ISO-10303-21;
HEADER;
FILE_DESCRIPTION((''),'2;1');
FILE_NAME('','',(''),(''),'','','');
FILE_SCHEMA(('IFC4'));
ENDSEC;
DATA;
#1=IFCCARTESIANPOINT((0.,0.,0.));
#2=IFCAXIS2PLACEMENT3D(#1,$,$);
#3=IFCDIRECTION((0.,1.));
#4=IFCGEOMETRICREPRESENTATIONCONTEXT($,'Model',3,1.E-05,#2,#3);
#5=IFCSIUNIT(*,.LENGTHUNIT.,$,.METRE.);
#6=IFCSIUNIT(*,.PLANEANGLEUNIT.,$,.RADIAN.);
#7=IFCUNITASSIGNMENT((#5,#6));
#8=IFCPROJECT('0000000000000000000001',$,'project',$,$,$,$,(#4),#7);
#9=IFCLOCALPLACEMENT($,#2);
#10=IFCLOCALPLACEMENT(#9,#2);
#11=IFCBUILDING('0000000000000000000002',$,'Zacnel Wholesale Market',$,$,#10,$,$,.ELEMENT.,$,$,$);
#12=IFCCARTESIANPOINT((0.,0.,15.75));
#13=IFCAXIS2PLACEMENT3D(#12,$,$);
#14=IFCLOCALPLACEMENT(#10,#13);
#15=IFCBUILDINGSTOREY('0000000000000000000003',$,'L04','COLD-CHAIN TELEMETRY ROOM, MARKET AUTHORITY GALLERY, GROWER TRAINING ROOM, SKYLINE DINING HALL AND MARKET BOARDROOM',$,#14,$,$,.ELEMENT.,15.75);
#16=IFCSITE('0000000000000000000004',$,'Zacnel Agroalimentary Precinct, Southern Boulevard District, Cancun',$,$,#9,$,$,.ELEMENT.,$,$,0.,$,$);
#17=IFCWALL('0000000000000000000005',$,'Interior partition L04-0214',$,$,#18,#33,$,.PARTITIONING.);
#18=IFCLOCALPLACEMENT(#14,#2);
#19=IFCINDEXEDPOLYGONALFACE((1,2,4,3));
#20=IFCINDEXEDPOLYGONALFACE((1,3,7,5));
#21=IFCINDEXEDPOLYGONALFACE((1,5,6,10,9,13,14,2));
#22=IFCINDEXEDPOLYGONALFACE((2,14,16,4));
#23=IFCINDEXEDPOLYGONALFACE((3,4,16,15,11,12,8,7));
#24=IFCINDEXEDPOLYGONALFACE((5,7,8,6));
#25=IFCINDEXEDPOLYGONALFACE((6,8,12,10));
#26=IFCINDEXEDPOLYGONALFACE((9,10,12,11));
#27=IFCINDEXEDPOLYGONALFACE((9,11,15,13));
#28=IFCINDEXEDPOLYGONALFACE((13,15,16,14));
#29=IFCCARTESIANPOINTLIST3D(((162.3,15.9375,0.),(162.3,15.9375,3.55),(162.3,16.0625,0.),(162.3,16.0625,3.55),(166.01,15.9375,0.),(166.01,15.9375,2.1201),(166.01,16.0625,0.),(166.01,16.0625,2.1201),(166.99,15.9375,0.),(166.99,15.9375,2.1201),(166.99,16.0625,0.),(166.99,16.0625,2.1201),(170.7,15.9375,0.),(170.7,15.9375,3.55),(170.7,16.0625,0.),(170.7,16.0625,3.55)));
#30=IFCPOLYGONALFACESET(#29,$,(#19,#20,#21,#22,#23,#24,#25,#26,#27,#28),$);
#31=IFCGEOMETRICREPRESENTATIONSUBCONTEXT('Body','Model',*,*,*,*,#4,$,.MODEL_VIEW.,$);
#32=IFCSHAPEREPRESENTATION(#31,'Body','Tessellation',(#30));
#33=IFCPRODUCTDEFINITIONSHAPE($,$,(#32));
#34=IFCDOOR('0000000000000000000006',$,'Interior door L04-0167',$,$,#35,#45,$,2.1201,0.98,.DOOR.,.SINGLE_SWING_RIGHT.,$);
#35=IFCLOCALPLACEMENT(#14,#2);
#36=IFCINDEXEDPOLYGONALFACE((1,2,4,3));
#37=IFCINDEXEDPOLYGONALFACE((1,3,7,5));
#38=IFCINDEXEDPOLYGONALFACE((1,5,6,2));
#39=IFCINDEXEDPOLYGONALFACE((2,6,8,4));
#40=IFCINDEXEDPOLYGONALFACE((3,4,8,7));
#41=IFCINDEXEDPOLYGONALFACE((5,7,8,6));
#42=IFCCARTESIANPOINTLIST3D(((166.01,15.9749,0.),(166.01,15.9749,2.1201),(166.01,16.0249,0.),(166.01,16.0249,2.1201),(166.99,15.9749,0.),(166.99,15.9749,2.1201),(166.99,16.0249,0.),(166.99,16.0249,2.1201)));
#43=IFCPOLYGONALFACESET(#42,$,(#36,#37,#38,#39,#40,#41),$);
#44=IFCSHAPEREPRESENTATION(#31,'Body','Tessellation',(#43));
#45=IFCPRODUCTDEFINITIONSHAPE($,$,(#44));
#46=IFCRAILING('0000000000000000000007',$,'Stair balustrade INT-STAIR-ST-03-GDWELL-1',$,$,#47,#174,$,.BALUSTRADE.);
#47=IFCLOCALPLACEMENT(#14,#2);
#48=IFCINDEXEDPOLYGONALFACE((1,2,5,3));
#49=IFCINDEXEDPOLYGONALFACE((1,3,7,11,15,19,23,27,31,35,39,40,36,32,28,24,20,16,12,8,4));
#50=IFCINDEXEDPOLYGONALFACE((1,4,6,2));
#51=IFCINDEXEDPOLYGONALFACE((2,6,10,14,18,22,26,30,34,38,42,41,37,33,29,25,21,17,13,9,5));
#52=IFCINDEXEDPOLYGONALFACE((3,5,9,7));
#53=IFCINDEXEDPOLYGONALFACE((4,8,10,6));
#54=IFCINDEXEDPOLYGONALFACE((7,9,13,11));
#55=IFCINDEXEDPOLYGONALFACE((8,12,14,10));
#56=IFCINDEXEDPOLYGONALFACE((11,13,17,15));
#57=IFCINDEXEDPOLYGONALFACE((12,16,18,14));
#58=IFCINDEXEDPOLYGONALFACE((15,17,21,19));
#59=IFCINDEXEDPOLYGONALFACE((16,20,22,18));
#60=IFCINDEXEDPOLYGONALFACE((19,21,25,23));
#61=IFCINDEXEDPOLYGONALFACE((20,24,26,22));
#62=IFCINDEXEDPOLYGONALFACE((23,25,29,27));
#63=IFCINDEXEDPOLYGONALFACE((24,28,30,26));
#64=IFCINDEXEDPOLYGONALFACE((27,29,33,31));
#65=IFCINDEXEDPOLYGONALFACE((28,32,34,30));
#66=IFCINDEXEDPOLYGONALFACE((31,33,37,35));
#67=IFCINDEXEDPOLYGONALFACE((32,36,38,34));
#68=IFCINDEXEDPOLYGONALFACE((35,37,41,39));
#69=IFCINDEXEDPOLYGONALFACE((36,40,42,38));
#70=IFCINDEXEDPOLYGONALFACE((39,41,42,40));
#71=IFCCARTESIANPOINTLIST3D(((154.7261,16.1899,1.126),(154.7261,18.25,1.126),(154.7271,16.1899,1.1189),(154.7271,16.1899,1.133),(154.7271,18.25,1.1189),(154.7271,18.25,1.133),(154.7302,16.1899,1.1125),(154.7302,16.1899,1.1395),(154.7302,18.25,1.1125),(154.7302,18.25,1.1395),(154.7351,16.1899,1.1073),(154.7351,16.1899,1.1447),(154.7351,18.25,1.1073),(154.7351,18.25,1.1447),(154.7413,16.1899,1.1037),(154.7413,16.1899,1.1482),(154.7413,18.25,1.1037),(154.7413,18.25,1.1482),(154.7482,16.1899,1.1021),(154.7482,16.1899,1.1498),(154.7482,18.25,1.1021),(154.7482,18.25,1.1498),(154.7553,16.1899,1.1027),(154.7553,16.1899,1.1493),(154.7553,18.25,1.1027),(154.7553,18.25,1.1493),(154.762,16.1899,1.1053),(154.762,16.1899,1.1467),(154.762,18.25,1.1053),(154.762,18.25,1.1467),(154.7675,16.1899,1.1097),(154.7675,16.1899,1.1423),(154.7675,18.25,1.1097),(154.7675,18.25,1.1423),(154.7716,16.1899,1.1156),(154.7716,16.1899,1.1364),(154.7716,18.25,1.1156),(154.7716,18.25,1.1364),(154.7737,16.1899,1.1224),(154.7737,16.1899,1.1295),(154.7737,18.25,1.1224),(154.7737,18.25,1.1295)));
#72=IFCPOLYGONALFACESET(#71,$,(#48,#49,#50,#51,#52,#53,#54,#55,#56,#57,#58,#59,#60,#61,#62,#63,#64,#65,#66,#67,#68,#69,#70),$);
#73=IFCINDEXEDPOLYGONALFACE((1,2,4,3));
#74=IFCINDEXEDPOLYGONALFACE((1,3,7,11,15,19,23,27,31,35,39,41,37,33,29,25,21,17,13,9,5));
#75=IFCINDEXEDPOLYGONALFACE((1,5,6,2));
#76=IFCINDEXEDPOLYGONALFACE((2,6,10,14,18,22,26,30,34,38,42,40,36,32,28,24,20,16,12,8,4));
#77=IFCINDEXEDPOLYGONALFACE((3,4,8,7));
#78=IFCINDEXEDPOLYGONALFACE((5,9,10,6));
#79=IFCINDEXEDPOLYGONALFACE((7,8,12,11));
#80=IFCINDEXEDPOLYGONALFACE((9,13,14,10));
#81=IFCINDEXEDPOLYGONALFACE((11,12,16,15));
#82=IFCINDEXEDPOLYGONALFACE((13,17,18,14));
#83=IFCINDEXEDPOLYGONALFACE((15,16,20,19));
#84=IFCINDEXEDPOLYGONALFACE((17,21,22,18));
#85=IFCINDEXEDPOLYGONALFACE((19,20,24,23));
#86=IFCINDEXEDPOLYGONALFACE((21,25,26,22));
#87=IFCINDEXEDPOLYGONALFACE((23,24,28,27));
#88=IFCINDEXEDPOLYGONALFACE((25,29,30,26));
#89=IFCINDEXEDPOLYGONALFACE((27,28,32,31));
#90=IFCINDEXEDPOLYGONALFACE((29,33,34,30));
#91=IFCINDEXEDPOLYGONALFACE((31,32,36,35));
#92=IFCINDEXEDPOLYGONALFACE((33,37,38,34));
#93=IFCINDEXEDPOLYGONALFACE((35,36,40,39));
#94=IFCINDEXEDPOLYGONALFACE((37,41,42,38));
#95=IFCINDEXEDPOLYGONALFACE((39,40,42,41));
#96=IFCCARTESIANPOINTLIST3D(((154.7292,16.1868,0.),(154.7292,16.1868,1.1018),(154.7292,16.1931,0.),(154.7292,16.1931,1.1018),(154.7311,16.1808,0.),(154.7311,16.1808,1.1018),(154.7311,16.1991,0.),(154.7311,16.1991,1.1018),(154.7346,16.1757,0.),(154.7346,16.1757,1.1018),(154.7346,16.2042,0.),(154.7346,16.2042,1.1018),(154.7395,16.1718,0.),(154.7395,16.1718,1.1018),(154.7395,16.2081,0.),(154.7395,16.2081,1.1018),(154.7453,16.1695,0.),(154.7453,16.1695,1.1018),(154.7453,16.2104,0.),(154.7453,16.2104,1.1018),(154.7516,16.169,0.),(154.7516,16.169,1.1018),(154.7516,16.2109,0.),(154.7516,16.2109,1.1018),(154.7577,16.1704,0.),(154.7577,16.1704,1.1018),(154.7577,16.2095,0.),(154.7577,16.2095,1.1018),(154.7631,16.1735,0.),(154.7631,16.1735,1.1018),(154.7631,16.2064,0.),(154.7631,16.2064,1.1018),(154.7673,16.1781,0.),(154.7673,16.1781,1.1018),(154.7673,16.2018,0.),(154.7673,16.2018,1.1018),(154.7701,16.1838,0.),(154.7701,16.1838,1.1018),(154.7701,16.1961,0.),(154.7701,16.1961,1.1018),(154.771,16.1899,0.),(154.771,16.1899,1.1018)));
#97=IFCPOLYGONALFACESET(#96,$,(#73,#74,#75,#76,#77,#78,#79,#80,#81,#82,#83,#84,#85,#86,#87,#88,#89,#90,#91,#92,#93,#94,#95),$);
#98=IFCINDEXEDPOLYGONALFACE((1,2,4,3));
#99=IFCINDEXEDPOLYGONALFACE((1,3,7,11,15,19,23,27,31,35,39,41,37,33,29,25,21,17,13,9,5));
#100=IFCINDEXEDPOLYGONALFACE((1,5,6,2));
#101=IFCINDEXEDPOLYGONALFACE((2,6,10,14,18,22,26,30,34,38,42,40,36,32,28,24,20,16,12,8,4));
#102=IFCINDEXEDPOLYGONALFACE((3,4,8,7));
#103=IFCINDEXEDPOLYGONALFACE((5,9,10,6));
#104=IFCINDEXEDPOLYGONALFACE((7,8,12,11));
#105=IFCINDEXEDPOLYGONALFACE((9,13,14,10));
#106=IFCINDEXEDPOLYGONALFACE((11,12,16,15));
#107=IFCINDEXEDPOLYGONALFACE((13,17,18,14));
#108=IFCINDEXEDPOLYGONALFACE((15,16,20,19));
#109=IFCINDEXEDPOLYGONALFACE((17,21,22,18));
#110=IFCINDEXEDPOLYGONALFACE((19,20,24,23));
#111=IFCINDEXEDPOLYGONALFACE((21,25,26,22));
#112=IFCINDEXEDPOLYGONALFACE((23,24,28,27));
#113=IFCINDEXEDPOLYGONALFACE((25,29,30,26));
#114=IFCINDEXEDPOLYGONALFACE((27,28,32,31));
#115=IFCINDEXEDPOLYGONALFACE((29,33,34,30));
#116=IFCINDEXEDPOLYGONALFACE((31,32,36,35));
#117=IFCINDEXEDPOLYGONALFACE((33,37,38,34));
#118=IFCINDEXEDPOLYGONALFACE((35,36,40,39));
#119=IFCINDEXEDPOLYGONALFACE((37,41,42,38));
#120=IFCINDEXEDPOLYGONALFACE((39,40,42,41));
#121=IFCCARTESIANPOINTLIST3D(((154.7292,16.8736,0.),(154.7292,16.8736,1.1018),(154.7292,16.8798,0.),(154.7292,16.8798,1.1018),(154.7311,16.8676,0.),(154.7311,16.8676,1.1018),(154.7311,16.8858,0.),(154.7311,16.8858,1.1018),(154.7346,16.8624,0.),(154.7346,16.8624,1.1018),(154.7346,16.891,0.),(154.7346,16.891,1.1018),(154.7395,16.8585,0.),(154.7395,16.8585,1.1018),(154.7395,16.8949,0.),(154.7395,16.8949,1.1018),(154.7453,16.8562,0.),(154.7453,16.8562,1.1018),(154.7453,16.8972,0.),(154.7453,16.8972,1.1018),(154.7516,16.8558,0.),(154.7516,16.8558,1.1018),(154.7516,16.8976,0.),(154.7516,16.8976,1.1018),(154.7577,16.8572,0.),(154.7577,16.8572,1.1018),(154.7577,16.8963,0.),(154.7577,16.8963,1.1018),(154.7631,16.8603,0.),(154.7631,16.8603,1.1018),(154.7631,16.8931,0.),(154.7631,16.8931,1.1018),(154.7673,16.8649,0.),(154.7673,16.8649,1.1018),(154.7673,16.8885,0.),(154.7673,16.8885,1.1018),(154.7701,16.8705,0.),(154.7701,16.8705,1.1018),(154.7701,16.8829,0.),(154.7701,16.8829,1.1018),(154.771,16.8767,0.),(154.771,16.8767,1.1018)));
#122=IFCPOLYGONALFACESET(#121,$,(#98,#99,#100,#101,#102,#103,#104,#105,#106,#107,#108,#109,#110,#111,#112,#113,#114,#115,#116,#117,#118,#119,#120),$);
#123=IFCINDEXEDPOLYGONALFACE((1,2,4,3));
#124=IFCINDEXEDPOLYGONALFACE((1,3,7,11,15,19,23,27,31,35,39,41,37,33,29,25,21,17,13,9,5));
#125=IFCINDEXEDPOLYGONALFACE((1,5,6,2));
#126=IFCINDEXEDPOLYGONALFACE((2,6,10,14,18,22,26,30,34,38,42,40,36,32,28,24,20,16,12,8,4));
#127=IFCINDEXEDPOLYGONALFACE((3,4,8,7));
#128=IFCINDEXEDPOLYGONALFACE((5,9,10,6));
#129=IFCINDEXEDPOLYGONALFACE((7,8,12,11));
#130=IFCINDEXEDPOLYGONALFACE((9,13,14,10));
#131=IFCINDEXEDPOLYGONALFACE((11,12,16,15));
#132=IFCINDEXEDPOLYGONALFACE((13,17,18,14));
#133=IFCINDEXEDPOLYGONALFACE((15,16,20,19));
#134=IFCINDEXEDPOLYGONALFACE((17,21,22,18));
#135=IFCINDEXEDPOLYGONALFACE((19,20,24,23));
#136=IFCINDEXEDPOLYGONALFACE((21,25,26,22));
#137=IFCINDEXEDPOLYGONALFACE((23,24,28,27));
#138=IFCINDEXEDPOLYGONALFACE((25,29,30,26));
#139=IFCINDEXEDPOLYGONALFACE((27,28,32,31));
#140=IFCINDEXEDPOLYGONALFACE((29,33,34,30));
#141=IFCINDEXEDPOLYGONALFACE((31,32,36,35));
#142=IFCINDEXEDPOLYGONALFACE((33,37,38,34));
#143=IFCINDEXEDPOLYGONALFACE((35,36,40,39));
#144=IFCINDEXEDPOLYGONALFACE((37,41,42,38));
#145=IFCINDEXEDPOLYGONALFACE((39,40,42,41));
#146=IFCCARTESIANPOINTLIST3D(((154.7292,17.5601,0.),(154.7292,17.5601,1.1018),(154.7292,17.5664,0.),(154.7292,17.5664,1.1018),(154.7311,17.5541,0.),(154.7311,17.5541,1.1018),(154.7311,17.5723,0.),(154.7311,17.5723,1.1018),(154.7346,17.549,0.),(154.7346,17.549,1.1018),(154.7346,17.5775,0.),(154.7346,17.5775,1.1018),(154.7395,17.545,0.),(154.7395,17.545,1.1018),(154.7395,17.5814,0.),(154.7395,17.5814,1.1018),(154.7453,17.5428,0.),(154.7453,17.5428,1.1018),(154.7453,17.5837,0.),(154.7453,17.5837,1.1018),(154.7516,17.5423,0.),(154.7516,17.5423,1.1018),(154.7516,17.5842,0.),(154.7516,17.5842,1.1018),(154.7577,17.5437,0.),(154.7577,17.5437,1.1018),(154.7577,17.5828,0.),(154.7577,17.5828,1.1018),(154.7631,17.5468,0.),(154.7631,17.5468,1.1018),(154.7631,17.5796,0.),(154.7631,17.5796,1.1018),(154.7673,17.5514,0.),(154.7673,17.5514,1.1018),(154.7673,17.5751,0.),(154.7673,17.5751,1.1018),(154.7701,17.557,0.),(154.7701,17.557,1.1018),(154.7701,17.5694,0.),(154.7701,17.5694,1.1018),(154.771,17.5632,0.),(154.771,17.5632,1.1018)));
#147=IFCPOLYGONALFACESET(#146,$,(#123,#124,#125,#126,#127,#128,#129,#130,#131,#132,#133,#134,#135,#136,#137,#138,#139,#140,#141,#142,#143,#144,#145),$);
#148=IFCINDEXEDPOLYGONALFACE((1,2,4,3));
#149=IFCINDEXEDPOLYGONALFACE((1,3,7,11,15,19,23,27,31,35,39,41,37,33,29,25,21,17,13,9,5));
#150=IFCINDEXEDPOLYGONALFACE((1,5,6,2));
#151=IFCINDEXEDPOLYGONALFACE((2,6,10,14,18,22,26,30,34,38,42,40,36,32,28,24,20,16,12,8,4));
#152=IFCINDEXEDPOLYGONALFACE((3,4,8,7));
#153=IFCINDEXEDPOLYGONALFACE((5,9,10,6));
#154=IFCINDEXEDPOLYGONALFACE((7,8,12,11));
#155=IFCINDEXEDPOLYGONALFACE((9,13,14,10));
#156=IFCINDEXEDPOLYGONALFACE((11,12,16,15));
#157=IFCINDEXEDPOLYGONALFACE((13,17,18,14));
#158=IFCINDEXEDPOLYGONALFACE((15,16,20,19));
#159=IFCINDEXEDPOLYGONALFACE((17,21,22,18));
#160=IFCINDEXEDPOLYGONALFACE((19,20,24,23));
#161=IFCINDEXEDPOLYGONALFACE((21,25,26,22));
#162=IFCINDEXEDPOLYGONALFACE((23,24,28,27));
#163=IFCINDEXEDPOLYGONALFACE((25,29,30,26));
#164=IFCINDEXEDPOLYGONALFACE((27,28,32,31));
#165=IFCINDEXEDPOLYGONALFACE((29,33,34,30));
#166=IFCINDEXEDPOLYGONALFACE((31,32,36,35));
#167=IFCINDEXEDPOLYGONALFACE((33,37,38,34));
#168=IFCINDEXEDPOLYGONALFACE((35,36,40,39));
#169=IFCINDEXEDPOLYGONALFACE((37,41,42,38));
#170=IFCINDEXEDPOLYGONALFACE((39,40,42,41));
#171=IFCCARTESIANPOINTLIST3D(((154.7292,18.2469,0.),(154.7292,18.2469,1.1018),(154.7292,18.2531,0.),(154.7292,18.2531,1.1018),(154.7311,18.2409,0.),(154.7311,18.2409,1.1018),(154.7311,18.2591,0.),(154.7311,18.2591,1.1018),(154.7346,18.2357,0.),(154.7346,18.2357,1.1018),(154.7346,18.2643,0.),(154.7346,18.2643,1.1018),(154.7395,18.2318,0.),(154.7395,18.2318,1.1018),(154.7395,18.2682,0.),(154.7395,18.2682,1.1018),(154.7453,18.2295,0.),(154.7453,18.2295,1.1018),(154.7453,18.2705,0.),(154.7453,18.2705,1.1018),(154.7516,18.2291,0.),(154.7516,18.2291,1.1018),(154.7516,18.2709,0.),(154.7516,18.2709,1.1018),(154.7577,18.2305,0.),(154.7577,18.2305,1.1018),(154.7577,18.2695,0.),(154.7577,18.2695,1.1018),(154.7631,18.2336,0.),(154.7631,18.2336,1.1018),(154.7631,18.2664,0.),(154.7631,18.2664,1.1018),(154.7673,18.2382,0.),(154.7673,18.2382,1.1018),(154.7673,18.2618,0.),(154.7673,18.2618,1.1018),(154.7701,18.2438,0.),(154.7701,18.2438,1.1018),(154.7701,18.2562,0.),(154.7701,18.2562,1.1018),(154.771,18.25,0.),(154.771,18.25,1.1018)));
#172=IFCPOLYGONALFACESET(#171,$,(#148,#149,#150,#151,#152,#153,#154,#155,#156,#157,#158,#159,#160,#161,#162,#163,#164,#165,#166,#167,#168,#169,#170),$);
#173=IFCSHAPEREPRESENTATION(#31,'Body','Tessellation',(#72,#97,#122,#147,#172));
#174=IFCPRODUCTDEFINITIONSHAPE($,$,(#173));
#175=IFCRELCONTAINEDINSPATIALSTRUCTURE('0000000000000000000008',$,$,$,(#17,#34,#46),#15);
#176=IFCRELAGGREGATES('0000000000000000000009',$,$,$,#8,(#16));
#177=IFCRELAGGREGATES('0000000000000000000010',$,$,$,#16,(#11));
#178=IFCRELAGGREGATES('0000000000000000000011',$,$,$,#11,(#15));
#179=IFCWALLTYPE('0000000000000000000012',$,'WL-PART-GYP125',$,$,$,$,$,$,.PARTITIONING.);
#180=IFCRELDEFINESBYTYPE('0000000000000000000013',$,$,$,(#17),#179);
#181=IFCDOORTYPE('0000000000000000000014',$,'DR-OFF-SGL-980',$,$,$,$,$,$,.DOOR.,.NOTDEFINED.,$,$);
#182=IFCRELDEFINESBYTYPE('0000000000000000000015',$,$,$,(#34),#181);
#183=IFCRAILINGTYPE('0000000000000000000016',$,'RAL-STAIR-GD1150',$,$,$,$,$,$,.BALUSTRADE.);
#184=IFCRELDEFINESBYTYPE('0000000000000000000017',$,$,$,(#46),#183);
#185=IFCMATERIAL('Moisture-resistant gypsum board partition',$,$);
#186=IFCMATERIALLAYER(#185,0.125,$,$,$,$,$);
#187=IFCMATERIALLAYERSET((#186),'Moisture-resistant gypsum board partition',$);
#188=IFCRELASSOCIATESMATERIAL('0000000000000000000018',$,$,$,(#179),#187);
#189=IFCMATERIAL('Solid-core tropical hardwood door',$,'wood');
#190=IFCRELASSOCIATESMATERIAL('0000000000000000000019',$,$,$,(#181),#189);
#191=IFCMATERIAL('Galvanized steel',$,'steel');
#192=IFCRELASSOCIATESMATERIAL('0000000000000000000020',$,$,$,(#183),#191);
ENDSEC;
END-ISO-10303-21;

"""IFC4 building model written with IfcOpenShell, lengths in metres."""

from ifc_helpers import new_model, si_unit, direction, frame, frame_2d, origin, origin_2d, place, context, subcontext, project, spatial, rectangle, circle, extrude, material, layer, layer_set, type_object, element, fill, save


model = new_model("IFC4")

# Units and contexts
model_context = context("Model", 3, precision=1e-05, world=origin(), true_north=direction((0.0, 1.0)))
body_context = subcontext(model_context, "Body", "Model", "MODEL_VIEW")
ifc_project = project(units=[si_unit("LENGTHUNIT", "METRE"), si_unit("PLANEANGLEUNIT", "RADIAN")], contexts=[model_context])

# Site, building, storey
site_placement = place(None, origin())
site = spatial("IfcSite", under=ifc_project, at=site_placement, Name="Zacnel Agroalimentary Precinct, Southern Boulevard District, Cancun", CompositionType="ELEMENT", RefElevation=0.0)
building_placement = place(site_placement, origin())
building = spatial("IfcBuilding", under=site, at=building_placement, Name="Zacnel Wholesale Market", CompositionType="ELEMENT")
storey_placement = place(building_placement, frame((0.0, 0.0, 15.75)))
storey = spatial("IfcBuildingStorey", under=building, at=storey_placement, Name="L04", Description="COLD-CHAIN TELEMETRY ROOM, MARKET AUTHORITY GALLERY, GROWER TRAINING ROOM, SKYLINE DINING HALL AND MARKET BOARDROOM", CompositionType="ELEMENT", Elevation=15.75)

# Wall, opening, door
ifc_material_1 = material(Name="Moisture-resistant gypsum board partition")
ifc_layer_1 = layer(ifc_material_1, 0.125)
ifc_layer_set_1 = layer_set([ifc_layer_1], Name="Moisture-resistant gypsum board partition")
wall_type_1 = type_object("IfcWallType", Name="WL-PART-GYP125", PredefinedType="PARTITIONING", material=ifc_layer_set_1)
wall_1_placement = place(storey_placement, frame((162.3, 16.0, 0.0), z_axis=(0.0, 0.0, 1.0), x_axis=(1.0, 0.0, 0.0)))
wall_1 = element("IfcWall", 1, at=wall_1_placement, inside=storey, type_object=wall_type_1, Name="Interior partition L04-0214", PredefinedType="PARTITIONING", context=body_context, shape_type="SweptSolid", body=[
    extrude(rectangle(XDim=8.3999, YDim=0.125, at=frame_2d((4.2, 0.0))), origin(), (0.0, 0.0, 1.0), 3.55),
])
opening_1_placement = place(wall_1_placement, frame((3.71, 0.0, 0.0)))
opening_1 = element("IfcOpeningElement", 2, at=opening_1_placement, cuts=wall_1, PredefinedType="OPENING", context=body_context, shape_type="SweptSolid", body=[
    extrude(rectangle(XDim=0.98, YDim=2.1201, at=frame_2d((0.49, 1.0601))), frame((0.0, 0.0725, 0.0), z_axis=(0.0, -1.0, 0.0), x_axis=(1.0, 0.0, 0.0)), (0.0, 0.0, 1.0), 0.145),
])
ifc_material_2 = material(Name="Solid-core tropical hardwood door", Category="wood")
door_type_1 = type_object("IfcDoorType", Name="DR-OFF-SGL-980", OperationType="NOTDEFINED", PredefinedType="DOOR", material=ifc_material_2)
door_1_placement = place(opening_1_placement, origin())
door_1 = element("IfcDoor", 3, at=door_1_placement, inside=storey, type_object=door_type_1, Name="Interior door L04-0167", OperationType="SINGLE_SWING_RIGHT", OverallHeight=2.1201, OverallWidth=0.98, PredefinedType="DOOR", context=body_context, shape_type="SweptSolid", body=[
    extrude(rectangle(XDim=0.98, YDim=2.1201, at=frame_2d((0.49, 1.0601))), frame((0.0, 0.0249, 0.0), z_axis=(0.0, -1.0, 0.0), x_axis=(1.0, 0.0, 0.0)), (0.0, 0.0, 1.0), 0.05),
])
fill(opening_1, door_1)

# Railing
ifc_material_3 = material(Name="Galvanized steel", Category="steel")
railing_type = type_object("IfcRailingType", Name="RAL-STAIR-GD1150", PredefinedType="BALUSTRADE", material=ifc_material_3)
railing_placement = place(storey_placement, frame((154.75, 16.1899, 0.0)))
element("IfcRailing", 4, at=railing_placement, inside=storey, type_object=railing_type, Name="Stair balustrade INT-STAIR-ST-03-GDWELL-1", PredefinedType="BALUSTRADE", context=body_context, shape_type="SweptSolid", body=[
    extrude(circle(Radius=0.0239, at=origin_2d()), frame((0.0, 0.0, 1.126), z_axis=(0.0, 1.0, 0.0), x_axis=(-1.0, 0.0, 0.0)), (0.0, 0.0, 1.0), 2.0601),
    extrude(circle(Radius=0.021, at=origin_2d()), origin(), (0.0, 0.0, 1.0), 1.1018),
    extrude(circle(Radius=0.021, at=origin_2d()), frame((0.0, 0.6868, 0.0)), (0.0, 0.0, 1.0), 1.1018),
    extrude(circle(Radius=0.021, at=origin_2d()), frame((0.0, 1.3733, 0.0)), (0.0, 0.0, 1.0), 1.1018),
    extrude(circle(Radius=0.021, at=origin_2d()), frame((0.0, 2.0601, 0.0)), (0.0, 0.0, 1.0), 1.1018),
])

save(model, "model.ifc")
